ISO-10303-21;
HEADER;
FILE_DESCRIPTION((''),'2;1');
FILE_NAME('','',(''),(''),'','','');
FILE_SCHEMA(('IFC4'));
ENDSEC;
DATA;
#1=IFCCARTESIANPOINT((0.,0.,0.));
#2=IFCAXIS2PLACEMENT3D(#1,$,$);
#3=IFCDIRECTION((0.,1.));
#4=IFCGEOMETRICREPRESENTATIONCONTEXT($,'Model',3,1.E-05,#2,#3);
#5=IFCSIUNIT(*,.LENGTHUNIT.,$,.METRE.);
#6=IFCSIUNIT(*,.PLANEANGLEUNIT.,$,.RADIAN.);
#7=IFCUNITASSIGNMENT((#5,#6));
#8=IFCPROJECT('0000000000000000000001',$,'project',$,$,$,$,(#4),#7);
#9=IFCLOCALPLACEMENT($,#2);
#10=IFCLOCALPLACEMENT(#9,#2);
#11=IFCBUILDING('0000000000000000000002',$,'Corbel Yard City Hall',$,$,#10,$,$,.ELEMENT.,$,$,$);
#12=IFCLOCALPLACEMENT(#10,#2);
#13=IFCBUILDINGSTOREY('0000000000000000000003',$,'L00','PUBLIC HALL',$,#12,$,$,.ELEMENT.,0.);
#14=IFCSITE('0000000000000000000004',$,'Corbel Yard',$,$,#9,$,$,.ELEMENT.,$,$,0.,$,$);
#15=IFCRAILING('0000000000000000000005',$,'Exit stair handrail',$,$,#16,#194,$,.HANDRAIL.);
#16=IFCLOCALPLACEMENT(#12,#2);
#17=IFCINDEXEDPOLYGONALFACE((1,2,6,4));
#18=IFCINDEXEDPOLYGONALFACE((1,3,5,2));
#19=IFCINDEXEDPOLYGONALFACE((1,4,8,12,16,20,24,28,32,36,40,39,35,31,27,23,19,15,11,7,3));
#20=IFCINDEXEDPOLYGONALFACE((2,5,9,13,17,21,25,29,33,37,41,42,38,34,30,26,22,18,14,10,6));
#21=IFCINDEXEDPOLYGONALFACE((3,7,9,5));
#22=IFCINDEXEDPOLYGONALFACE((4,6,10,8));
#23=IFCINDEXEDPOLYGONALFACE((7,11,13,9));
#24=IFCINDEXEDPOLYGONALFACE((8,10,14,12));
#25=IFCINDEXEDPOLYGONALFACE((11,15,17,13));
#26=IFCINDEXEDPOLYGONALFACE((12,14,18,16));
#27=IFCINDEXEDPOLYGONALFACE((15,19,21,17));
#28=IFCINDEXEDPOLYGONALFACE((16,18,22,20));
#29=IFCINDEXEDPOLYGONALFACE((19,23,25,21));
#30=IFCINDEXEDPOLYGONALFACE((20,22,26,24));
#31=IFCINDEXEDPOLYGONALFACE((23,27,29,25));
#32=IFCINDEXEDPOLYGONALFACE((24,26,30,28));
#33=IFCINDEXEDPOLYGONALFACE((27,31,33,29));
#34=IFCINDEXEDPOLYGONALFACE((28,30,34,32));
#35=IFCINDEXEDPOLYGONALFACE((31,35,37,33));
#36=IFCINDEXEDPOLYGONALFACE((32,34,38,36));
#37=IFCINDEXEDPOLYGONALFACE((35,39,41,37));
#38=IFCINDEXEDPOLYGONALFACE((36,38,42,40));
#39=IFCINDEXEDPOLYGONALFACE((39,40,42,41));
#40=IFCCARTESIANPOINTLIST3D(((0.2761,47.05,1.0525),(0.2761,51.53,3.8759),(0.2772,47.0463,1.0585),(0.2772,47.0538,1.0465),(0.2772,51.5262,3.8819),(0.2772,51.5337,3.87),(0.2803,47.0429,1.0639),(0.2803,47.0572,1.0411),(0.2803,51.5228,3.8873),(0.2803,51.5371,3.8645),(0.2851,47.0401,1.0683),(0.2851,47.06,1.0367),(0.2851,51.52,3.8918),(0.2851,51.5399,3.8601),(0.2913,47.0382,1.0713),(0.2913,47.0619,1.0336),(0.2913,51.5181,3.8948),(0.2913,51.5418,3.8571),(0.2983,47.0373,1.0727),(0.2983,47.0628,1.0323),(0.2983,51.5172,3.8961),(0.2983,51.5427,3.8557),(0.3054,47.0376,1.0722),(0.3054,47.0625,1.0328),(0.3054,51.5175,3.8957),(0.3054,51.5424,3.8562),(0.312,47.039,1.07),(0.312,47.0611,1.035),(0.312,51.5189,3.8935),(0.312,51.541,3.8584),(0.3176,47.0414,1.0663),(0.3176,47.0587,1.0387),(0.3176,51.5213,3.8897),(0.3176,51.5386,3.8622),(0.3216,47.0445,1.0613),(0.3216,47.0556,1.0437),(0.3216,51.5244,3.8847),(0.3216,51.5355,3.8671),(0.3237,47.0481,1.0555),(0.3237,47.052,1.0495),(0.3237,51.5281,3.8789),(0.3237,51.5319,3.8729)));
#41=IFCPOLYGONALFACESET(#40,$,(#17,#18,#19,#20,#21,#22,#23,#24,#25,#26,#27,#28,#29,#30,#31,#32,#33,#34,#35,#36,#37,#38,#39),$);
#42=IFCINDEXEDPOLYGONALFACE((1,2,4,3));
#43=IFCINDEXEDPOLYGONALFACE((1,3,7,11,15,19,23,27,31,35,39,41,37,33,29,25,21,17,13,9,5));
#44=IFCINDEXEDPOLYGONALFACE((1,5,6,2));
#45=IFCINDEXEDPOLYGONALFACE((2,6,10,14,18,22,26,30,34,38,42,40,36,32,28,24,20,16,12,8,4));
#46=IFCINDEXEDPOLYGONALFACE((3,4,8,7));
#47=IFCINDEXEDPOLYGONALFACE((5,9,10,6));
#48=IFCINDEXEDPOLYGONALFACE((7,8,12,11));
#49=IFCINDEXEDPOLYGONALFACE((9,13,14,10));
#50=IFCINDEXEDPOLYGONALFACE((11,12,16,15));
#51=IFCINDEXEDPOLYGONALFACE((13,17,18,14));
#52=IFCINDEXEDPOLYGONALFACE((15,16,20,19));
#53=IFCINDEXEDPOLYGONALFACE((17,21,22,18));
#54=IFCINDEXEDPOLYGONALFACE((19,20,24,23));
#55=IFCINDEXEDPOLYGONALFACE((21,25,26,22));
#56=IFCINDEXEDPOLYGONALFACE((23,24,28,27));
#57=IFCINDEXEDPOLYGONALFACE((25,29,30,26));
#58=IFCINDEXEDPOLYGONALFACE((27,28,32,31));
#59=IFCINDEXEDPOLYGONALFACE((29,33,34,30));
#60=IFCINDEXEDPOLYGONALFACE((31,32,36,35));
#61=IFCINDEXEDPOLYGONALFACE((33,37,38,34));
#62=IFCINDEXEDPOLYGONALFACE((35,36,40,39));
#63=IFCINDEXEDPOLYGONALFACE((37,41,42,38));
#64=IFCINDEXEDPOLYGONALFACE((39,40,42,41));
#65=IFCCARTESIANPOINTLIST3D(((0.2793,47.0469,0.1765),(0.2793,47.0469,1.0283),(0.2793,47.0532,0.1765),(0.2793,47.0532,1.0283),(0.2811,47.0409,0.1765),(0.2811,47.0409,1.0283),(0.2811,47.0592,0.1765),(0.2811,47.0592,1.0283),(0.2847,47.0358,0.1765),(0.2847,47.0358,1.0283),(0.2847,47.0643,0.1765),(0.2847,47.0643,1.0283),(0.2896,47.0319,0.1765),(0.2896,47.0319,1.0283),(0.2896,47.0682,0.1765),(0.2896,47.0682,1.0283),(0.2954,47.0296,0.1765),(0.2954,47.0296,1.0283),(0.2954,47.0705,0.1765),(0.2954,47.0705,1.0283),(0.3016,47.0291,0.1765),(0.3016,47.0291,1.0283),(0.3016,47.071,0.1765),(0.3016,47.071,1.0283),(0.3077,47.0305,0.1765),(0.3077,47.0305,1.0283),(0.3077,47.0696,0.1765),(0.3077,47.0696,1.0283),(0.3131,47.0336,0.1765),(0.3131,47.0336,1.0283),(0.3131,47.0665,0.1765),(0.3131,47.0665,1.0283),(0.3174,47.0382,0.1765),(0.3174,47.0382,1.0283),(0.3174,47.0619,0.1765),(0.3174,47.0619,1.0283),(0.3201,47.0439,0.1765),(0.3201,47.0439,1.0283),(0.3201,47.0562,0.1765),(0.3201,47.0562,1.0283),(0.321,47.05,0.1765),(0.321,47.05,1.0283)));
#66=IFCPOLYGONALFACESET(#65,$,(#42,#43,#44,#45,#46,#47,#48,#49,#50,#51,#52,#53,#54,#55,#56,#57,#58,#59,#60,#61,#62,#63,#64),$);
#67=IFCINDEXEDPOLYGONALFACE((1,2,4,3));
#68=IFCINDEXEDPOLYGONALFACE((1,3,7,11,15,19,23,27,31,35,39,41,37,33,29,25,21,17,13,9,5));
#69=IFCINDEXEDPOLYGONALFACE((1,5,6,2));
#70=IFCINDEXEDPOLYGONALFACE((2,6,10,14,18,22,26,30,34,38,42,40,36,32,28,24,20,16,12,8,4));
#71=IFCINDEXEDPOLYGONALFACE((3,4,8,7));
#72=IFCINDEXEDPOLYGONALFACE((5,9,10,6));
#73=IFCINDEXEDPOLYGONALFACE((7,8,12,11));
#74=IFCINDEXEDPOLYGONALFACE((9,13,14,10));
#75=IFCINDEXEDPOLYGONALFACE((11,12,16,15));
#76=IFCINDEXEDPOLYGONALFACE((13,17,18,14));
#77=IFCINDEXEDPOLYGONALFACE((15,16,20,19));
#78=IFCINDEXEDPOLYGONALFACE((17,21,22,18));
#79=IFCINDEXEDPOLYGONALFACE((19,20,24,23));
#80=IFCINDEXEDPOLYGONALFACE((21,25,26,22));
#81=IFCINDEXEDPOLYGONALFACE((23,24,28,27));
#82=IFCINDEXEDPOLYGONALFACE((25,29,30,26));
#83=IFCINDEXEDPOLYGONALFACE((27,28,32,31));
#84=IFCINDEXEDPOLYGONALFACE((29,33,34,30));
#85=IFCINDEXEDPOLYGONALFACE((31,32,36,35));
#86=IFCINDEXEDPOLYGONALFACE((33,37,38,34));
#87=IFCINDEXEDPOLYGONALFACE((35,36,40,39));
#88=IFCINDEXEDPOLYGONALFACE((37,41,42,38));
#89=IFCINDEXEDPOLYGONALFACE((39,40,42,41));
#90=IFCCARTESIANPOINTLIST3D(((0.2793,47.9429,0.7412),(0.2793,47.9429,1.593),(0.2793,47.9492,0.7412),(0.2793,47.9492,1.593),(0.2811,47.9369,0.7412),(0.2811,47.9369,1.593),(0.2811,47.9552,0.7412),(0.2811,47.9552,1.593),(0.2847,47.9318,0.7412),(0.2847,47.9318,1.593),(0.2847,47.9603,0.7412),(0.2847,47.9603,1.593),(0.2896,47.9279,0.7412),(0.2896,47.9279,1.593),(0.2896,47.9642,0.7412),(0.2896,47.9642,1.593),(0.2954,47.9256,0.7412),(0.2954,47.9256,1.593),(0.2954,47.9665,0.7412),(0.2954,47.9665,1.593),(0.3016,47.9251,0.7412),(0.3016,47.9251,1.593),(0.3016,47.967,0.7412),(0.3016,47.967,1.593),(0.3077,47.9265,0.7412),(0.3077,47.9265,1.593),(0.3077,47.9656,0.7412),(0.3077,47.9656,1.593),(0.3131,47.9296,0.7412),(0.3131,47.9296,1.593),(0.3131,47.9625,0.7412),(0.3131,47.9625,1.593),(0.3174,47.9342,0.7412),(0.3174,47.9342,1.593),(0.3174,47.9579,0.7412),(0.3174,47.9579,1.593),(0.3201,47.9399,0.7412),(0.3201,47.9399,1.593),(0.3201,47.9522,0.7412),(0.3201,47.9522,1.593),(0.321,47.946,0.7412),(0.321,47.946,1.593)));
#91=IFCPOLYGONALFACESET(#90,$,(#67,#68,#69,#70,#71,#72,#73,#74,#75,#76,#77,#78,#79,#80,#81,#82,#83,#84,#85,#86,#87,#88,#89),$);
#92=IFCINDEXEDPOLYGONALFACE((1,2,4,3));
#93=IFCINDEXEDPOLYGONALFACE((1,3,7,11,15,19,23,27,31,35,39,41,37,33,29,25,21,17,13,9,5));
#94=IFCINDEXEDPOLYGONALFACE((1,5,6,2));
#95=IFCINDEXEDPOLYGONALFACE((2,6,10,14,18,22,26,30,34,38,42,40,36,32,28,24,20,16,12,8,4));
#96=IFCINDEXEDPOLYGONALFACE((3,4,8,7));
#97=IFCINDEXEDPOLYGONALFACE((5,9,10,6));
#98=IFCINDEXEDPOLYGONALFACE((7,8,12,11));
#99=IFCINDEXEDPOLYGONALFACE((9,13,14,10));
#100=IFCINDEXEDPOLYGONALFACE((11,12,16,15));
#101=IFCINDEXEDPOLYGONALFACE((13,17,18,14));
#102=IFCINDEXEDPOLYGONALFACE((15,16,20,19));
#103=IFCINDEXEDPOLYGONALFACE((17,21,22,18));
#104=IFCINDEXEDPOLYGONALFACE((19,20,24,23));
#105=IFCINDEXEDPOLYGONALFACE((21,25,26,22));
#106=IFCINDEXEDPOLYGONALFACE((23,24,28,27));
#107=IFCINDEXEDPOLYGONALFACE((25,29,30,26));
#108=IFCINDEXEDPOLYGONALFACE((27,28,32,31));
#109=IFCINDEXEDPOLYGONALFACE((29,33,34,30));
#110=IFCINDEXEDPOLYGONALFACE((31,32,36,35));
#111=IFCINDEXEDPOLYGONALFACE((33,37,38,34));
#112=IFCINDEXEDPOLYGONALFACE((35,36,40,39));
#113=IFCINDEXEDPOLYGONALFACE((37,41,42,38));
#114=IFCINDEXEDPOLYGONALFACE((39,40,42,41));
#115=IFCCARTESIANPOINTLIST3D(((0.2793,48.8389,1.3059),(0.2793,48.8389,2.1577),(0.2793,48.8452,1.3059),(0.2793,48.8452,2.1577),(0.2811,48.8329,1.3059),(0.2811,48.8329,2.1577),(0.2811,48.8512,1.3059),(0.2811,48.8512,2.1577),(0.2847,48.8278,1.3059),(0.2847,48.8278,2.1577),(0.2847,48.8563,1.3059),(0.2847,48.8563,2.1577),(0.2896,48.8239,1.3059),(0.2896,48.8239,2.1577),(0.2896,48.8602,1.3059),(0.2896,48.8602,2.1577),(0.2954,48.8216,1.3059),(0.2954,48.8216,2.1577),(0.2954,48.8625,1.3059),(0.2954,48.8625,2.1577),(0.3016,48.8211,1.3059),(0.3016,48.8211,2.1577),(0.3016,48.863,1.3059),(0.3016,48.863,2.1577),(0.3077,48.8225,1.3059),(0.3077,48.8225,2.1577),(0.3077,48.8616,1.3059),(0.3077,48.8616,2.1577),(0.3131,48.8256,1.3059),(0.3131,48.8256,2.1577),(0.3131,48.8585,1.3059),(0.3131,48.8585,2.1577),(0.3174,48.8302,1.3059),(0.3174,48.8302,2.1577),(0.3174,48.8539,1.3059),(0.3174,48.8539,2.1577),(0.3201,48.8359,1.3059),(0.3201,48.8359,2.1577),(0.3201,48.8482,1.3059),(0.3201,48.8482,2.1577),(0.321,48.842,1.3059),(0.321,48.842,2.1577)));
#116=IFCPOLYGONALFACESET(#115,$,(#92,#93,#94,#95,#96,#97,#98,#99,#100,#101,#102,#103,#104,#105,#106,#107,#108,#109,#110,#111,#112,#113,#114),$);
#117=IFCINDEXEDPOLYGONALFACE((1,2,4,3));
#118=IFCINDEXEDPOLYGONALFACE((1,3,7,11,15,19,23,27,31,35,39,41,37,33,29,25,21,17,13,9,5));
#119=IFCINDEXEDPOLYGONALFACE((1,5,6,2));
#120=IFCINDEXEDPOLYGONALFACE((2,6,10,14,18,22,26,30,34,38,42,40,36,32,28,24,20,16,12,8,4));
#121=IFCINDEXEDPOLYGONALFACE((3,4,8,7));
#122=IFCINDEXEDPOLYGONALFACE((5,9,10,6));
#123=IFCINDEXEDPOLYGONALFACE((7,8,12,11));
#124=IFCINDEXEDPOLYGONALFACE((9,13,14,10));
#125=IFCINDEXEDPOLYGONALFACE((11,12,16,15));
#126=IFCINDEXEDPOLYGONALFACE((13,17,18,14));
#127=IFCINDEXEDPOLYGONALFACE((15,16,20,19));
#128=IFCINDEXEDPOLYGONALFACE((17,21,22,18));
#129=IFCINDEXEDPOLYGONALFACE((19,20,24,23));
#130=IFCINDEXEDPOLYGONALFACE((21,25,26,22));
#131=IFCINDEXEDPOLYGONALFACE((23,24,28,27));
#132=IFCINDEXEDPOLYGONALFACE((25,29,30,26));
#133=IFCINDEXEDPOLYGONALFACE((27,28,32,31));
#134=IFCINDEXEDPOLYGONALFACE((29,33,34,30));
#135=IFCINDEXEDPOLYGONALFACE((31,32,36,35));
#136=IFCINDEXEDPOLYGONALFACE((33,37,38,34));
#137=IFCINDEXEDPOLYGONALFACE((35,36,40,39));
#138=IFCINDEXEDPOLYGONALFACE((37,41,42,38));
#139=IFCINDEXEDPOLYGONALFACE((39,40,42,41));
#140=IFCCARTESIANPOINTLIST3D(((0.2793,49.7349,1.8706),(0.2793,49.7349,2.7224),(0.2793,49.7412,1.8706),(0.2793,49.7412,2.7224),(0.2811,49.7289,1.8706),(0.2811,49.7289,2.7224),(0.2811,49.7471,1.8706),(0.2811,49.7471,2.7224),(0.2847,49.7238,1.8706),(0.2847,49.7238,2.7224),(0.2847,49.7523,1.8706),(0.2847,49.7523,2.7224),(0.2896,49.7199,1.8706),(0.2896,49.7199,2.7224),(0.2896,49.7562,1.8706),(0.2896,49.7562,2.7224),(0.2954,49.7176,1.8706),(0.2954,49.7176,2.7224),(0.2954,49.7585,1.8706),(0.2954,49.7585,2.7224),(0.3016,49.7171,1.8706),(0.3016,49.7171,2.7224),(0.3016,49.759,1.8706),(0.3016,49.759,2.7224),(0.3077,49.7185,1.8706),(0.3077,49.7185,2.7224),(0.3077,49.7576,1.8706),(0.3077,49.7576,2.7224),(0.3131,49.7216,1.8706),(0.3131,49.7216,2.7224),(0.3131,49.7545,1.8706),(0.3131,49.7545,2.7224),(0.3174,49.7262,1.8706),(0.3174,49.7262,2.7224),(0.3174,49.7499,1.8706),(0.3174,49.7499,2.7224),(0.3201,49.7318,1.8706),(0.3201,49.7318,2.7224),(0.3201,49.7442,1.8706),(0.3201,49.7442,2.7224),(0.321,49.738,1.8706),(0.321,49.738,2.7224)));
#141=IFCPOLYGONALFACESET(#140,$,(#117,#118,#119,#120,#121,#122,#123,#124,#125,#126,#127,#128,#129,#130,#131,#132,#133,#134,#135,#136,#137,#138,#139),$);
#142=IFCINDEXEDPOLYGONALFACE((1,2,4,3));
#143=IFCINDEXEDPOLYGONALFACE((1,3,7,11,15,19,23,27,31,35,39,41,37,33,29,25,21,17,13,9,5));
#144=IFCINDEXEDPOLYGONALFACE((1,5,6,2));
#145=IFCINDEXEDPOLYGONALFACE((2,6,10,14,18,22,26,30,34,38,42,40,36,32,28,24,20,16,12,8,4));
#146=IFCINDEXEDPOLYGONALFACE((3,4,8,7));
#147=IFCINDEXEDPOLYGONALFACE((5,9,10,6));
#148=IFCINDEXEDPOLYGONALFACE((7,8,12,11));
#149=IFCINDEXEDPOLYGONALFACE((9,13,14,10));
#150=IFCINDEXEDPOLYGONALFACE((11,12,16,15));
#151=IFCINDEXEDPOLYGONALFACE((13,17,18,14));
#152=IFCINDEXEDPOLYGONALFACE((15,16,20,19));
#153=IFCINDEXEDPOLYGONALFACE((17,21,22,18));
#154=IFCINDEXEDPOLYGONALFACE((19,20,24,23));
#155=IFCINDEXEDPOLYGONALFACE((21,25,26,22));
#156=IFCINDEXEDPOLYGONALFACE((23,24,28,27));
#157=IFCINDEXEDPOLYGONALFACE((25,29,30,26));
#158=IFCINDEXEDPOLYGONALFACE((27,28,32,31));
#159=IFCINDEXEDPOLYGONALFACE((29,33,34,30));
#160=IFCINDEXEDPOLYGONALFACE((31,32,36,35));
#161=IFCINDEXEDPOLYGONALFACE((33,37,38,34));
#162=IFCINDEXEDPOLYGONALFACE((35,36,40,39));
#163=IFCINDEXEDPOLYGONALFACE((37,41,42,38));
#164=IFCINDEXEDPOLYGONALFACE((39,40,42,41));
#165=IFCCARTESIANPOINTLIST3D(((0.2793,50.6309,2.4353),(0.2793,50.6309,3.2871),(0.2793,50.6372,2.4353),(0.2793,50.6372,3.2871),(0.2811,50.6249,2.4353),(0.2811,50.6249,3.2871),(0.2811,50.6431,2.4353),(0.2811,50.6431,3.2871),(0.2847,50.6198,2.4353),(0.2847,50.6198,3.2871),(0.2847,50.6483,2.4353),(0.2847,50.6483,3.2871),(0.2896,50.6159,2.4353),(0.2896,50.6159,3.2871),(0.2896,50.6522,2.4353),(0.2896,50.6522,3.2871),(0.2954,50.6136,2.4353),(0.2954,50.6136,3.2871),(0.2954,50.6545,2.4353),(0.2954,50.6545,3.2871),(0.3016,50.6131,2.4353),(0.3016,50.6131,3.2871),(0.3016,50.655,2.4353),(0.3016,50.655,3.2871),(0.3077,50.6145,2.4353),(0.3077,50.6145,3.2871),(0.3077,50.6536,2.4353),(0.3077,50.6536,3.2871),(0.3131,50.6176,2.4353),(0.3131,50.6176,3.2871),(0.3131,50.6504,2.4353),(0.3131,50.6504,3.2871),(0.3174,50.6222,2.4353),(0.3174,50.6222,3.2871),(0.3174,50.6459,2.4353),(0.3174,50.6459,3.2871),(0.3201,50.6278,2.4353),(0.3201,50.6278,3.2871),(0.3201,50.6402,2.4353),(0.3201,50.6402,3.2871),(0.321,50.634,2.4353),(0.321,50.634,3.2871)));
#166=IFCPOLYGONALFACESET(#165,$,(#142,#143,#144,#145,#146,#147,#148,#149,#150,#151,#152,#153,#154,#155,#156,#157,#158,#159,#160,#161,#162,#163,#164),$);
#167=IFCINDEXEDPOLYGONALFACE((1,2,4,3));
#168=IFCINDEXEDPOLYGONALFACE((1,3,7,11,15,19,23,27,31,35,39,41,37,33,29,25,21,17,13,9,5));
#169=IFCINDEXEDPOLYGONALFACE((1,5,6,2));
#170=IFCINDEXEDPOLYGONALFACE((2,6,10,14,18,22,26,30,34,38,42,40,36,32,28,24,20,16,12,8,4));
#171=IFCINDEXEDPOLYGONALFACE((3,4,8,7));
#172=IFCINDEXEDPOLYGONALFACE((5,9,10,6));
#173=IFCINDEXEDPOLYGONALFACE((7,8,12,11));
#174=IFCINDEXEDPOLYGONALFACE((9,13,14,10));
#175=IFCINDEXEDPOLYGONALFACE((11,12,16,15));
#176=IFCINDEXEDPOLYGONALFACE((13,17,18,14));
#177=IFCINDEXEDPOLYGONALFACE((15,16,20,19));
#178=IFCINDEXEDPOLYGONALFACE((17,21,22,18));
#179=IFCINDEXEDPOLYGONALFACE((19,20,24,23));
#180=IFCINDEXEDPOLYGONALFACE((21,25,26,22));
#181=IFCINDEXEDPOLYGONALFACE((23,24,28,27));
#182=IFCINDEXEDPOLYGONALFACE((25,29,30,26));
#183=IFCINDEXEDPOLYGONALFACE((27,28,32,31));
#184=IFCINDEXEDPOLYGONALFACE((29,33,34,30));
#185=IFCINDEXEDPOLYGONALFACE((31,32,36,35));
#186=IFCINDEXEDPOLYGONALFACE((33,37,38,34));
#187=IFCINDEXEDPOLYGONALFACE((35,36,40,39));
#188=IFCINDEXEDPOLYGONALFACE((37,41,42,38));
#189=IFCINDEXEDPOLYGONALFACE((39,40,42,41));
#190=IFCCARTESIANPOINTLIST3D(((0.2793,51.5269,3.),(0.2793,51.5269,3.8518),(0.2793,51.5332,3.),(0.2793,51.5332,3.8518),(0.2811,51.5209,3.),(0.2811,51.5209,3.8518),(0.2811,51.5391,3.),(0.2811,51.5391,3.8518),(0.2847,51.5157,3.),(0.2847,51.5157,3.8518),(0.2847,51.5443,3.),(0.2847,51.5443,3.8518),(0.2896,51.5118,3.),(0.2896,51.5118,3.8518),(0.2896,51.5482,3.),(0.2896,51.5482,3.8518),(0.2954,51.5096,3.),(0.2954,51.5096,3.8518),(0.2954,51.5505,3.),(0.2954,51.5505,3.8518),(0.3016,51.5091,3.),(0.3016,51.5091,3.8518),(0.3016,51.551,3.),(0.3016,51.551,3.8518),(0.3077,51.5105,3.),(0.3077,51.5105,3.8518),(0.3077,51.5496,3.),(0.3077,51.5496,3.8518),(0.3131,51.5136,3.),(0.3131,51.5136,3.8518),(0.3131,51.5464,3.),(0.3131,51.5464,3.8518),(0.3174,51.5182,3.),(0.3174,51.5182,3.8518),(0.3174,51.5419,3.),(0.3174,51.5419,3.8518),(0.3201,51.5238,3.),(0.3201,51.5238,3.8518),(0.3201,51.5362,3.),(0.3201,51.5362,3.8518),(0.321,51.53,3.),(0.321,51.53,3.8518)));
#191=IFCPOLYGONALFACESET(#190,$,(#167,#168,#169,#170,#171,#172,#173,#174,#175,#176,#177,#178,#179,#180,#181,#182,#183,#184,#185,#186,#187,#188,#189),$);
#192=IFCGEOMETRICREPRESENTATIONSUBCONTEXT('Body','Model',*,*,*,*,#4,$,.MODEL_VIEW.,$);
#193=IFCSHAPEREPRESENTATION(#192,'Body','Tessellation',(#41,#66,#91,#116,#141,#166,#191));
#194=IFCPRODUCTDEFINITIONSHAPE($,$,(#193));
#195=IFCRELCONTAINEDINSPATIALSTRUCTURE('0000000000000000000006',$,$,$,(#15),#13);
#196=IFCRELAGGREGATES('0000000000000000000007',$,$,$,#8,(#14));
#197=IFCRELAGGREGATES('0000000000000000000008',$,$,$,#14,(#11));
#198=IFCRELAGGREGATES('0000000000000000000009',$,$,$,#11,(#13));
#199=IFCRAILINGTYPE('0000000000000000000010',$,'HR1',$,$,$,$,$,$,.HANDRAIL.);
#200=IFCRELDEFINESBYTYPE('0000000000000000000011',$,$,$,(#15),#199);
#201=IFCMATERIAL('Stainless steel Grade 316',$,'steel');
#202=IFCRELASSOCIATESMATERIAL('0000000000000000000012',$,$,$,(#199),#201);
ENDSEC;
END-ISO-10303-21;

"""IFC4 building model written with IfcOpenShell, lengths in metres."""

from ifc_helpers import new_model, si_unit, direction, frame, origin, origin_2d, place, context, subcontext, project, spatial, circle, extrude, material, type_object, element, save


model = new_model("IFC4")

# Units and contexts
model_context = context("Model", 3, precision=1e-05, world=origin(), true_north=direction((0.0, 1.0)))
body_context = subcontext(model_context, "Body", "Model", "MODEL_VIEW")
ifc_project = project(units=[si_unit("LENGTHUNIT", "METRE"), si_unit("PLANEANGLEUNIT", "RADIAN")], contexts=[model_context])

# Site, building, storey
site_placement = place(None, origin())
site = spatial("IfcSite", under=ifc_project, at=site_placement, Name="Corbel Yard", CompositionType="ELEMENT", RefElevation=0.0)
building_placement = place(site_placement, origin())
building = spatial("IfcBuilding", under=site, at=building_placement, Name="Corbel Yard City Hall", CompositionType="ELEMENT")
storey_placement = place(building_placement, origin())
storey = spatial("IfcBuildingStorey", under=building, at=storey_placement, Name="L00", Description="PUBLIC HALL", CompositionType="ELEMENT", Elevation=0.0)

# Railing
ifc_material_1 = material(Name="Stainless steel Grade 316", Category="steel")
railing_type = type_object("IfcRailingType", Name="HR1", PredefinedType="HANDRAIL", material=ifc_material_1)
for number, where, name in (
    (1, (0.3, 47.05, 0.1765), "Exit stair handrail"),
):
    element("IfcRailing", number, at=place(storey_placement, frame(where)), inside=storey, type_object=railing_type, Name=name, PredefinedType="HANDRAIL", context=body_context, shape_type="SweptSolid", body=[
        extrude(circle(Radius=0.0239, at=origin_2d()), frame((0.0, 0.0, 0.876), z_axis=(0.0, 0.845998, 0.533186), x_axis=(-1.0, 0.0, 0.0)), (0.0, 0.0, 1.0), 5.2954),
        extrude(circle(Radius=0.021, at=origin_2d()), origin(), (0.0, 0.0, 1.0), 0.8518),
        extrude(circle(Radius=0.021, at=origin_2d()), frame((0.0, 0.896, 0.5647)), (0.0, 0.0, 1.0), 0.8518),
        extrude(circle(Radius=0.021, at=origin_2d()), frame((0.0, 1.792, 1.1294)), (0.0, 0.0, 1.0), 0.8518),
        extrude(circle(Radius=0.021, at=origin_2d()), frame((0.0, 2.688, 1.6941)), (0.0, 0.0, 1.0), 0.8518),
        extrude(circle(Radius=0.021, at=origin_2d()), frame((0.0, 3.584, 2.2588)), (0.0, 0.0, 1.0), 0.8518),
        extrude(circle(Radius=0.021, at=origin_2d()), frame((0.0, 4.48, 2.8235)), (0.0, 0.0, 1.0), 0.8518),
    ])

save(model, "model.ifc")
